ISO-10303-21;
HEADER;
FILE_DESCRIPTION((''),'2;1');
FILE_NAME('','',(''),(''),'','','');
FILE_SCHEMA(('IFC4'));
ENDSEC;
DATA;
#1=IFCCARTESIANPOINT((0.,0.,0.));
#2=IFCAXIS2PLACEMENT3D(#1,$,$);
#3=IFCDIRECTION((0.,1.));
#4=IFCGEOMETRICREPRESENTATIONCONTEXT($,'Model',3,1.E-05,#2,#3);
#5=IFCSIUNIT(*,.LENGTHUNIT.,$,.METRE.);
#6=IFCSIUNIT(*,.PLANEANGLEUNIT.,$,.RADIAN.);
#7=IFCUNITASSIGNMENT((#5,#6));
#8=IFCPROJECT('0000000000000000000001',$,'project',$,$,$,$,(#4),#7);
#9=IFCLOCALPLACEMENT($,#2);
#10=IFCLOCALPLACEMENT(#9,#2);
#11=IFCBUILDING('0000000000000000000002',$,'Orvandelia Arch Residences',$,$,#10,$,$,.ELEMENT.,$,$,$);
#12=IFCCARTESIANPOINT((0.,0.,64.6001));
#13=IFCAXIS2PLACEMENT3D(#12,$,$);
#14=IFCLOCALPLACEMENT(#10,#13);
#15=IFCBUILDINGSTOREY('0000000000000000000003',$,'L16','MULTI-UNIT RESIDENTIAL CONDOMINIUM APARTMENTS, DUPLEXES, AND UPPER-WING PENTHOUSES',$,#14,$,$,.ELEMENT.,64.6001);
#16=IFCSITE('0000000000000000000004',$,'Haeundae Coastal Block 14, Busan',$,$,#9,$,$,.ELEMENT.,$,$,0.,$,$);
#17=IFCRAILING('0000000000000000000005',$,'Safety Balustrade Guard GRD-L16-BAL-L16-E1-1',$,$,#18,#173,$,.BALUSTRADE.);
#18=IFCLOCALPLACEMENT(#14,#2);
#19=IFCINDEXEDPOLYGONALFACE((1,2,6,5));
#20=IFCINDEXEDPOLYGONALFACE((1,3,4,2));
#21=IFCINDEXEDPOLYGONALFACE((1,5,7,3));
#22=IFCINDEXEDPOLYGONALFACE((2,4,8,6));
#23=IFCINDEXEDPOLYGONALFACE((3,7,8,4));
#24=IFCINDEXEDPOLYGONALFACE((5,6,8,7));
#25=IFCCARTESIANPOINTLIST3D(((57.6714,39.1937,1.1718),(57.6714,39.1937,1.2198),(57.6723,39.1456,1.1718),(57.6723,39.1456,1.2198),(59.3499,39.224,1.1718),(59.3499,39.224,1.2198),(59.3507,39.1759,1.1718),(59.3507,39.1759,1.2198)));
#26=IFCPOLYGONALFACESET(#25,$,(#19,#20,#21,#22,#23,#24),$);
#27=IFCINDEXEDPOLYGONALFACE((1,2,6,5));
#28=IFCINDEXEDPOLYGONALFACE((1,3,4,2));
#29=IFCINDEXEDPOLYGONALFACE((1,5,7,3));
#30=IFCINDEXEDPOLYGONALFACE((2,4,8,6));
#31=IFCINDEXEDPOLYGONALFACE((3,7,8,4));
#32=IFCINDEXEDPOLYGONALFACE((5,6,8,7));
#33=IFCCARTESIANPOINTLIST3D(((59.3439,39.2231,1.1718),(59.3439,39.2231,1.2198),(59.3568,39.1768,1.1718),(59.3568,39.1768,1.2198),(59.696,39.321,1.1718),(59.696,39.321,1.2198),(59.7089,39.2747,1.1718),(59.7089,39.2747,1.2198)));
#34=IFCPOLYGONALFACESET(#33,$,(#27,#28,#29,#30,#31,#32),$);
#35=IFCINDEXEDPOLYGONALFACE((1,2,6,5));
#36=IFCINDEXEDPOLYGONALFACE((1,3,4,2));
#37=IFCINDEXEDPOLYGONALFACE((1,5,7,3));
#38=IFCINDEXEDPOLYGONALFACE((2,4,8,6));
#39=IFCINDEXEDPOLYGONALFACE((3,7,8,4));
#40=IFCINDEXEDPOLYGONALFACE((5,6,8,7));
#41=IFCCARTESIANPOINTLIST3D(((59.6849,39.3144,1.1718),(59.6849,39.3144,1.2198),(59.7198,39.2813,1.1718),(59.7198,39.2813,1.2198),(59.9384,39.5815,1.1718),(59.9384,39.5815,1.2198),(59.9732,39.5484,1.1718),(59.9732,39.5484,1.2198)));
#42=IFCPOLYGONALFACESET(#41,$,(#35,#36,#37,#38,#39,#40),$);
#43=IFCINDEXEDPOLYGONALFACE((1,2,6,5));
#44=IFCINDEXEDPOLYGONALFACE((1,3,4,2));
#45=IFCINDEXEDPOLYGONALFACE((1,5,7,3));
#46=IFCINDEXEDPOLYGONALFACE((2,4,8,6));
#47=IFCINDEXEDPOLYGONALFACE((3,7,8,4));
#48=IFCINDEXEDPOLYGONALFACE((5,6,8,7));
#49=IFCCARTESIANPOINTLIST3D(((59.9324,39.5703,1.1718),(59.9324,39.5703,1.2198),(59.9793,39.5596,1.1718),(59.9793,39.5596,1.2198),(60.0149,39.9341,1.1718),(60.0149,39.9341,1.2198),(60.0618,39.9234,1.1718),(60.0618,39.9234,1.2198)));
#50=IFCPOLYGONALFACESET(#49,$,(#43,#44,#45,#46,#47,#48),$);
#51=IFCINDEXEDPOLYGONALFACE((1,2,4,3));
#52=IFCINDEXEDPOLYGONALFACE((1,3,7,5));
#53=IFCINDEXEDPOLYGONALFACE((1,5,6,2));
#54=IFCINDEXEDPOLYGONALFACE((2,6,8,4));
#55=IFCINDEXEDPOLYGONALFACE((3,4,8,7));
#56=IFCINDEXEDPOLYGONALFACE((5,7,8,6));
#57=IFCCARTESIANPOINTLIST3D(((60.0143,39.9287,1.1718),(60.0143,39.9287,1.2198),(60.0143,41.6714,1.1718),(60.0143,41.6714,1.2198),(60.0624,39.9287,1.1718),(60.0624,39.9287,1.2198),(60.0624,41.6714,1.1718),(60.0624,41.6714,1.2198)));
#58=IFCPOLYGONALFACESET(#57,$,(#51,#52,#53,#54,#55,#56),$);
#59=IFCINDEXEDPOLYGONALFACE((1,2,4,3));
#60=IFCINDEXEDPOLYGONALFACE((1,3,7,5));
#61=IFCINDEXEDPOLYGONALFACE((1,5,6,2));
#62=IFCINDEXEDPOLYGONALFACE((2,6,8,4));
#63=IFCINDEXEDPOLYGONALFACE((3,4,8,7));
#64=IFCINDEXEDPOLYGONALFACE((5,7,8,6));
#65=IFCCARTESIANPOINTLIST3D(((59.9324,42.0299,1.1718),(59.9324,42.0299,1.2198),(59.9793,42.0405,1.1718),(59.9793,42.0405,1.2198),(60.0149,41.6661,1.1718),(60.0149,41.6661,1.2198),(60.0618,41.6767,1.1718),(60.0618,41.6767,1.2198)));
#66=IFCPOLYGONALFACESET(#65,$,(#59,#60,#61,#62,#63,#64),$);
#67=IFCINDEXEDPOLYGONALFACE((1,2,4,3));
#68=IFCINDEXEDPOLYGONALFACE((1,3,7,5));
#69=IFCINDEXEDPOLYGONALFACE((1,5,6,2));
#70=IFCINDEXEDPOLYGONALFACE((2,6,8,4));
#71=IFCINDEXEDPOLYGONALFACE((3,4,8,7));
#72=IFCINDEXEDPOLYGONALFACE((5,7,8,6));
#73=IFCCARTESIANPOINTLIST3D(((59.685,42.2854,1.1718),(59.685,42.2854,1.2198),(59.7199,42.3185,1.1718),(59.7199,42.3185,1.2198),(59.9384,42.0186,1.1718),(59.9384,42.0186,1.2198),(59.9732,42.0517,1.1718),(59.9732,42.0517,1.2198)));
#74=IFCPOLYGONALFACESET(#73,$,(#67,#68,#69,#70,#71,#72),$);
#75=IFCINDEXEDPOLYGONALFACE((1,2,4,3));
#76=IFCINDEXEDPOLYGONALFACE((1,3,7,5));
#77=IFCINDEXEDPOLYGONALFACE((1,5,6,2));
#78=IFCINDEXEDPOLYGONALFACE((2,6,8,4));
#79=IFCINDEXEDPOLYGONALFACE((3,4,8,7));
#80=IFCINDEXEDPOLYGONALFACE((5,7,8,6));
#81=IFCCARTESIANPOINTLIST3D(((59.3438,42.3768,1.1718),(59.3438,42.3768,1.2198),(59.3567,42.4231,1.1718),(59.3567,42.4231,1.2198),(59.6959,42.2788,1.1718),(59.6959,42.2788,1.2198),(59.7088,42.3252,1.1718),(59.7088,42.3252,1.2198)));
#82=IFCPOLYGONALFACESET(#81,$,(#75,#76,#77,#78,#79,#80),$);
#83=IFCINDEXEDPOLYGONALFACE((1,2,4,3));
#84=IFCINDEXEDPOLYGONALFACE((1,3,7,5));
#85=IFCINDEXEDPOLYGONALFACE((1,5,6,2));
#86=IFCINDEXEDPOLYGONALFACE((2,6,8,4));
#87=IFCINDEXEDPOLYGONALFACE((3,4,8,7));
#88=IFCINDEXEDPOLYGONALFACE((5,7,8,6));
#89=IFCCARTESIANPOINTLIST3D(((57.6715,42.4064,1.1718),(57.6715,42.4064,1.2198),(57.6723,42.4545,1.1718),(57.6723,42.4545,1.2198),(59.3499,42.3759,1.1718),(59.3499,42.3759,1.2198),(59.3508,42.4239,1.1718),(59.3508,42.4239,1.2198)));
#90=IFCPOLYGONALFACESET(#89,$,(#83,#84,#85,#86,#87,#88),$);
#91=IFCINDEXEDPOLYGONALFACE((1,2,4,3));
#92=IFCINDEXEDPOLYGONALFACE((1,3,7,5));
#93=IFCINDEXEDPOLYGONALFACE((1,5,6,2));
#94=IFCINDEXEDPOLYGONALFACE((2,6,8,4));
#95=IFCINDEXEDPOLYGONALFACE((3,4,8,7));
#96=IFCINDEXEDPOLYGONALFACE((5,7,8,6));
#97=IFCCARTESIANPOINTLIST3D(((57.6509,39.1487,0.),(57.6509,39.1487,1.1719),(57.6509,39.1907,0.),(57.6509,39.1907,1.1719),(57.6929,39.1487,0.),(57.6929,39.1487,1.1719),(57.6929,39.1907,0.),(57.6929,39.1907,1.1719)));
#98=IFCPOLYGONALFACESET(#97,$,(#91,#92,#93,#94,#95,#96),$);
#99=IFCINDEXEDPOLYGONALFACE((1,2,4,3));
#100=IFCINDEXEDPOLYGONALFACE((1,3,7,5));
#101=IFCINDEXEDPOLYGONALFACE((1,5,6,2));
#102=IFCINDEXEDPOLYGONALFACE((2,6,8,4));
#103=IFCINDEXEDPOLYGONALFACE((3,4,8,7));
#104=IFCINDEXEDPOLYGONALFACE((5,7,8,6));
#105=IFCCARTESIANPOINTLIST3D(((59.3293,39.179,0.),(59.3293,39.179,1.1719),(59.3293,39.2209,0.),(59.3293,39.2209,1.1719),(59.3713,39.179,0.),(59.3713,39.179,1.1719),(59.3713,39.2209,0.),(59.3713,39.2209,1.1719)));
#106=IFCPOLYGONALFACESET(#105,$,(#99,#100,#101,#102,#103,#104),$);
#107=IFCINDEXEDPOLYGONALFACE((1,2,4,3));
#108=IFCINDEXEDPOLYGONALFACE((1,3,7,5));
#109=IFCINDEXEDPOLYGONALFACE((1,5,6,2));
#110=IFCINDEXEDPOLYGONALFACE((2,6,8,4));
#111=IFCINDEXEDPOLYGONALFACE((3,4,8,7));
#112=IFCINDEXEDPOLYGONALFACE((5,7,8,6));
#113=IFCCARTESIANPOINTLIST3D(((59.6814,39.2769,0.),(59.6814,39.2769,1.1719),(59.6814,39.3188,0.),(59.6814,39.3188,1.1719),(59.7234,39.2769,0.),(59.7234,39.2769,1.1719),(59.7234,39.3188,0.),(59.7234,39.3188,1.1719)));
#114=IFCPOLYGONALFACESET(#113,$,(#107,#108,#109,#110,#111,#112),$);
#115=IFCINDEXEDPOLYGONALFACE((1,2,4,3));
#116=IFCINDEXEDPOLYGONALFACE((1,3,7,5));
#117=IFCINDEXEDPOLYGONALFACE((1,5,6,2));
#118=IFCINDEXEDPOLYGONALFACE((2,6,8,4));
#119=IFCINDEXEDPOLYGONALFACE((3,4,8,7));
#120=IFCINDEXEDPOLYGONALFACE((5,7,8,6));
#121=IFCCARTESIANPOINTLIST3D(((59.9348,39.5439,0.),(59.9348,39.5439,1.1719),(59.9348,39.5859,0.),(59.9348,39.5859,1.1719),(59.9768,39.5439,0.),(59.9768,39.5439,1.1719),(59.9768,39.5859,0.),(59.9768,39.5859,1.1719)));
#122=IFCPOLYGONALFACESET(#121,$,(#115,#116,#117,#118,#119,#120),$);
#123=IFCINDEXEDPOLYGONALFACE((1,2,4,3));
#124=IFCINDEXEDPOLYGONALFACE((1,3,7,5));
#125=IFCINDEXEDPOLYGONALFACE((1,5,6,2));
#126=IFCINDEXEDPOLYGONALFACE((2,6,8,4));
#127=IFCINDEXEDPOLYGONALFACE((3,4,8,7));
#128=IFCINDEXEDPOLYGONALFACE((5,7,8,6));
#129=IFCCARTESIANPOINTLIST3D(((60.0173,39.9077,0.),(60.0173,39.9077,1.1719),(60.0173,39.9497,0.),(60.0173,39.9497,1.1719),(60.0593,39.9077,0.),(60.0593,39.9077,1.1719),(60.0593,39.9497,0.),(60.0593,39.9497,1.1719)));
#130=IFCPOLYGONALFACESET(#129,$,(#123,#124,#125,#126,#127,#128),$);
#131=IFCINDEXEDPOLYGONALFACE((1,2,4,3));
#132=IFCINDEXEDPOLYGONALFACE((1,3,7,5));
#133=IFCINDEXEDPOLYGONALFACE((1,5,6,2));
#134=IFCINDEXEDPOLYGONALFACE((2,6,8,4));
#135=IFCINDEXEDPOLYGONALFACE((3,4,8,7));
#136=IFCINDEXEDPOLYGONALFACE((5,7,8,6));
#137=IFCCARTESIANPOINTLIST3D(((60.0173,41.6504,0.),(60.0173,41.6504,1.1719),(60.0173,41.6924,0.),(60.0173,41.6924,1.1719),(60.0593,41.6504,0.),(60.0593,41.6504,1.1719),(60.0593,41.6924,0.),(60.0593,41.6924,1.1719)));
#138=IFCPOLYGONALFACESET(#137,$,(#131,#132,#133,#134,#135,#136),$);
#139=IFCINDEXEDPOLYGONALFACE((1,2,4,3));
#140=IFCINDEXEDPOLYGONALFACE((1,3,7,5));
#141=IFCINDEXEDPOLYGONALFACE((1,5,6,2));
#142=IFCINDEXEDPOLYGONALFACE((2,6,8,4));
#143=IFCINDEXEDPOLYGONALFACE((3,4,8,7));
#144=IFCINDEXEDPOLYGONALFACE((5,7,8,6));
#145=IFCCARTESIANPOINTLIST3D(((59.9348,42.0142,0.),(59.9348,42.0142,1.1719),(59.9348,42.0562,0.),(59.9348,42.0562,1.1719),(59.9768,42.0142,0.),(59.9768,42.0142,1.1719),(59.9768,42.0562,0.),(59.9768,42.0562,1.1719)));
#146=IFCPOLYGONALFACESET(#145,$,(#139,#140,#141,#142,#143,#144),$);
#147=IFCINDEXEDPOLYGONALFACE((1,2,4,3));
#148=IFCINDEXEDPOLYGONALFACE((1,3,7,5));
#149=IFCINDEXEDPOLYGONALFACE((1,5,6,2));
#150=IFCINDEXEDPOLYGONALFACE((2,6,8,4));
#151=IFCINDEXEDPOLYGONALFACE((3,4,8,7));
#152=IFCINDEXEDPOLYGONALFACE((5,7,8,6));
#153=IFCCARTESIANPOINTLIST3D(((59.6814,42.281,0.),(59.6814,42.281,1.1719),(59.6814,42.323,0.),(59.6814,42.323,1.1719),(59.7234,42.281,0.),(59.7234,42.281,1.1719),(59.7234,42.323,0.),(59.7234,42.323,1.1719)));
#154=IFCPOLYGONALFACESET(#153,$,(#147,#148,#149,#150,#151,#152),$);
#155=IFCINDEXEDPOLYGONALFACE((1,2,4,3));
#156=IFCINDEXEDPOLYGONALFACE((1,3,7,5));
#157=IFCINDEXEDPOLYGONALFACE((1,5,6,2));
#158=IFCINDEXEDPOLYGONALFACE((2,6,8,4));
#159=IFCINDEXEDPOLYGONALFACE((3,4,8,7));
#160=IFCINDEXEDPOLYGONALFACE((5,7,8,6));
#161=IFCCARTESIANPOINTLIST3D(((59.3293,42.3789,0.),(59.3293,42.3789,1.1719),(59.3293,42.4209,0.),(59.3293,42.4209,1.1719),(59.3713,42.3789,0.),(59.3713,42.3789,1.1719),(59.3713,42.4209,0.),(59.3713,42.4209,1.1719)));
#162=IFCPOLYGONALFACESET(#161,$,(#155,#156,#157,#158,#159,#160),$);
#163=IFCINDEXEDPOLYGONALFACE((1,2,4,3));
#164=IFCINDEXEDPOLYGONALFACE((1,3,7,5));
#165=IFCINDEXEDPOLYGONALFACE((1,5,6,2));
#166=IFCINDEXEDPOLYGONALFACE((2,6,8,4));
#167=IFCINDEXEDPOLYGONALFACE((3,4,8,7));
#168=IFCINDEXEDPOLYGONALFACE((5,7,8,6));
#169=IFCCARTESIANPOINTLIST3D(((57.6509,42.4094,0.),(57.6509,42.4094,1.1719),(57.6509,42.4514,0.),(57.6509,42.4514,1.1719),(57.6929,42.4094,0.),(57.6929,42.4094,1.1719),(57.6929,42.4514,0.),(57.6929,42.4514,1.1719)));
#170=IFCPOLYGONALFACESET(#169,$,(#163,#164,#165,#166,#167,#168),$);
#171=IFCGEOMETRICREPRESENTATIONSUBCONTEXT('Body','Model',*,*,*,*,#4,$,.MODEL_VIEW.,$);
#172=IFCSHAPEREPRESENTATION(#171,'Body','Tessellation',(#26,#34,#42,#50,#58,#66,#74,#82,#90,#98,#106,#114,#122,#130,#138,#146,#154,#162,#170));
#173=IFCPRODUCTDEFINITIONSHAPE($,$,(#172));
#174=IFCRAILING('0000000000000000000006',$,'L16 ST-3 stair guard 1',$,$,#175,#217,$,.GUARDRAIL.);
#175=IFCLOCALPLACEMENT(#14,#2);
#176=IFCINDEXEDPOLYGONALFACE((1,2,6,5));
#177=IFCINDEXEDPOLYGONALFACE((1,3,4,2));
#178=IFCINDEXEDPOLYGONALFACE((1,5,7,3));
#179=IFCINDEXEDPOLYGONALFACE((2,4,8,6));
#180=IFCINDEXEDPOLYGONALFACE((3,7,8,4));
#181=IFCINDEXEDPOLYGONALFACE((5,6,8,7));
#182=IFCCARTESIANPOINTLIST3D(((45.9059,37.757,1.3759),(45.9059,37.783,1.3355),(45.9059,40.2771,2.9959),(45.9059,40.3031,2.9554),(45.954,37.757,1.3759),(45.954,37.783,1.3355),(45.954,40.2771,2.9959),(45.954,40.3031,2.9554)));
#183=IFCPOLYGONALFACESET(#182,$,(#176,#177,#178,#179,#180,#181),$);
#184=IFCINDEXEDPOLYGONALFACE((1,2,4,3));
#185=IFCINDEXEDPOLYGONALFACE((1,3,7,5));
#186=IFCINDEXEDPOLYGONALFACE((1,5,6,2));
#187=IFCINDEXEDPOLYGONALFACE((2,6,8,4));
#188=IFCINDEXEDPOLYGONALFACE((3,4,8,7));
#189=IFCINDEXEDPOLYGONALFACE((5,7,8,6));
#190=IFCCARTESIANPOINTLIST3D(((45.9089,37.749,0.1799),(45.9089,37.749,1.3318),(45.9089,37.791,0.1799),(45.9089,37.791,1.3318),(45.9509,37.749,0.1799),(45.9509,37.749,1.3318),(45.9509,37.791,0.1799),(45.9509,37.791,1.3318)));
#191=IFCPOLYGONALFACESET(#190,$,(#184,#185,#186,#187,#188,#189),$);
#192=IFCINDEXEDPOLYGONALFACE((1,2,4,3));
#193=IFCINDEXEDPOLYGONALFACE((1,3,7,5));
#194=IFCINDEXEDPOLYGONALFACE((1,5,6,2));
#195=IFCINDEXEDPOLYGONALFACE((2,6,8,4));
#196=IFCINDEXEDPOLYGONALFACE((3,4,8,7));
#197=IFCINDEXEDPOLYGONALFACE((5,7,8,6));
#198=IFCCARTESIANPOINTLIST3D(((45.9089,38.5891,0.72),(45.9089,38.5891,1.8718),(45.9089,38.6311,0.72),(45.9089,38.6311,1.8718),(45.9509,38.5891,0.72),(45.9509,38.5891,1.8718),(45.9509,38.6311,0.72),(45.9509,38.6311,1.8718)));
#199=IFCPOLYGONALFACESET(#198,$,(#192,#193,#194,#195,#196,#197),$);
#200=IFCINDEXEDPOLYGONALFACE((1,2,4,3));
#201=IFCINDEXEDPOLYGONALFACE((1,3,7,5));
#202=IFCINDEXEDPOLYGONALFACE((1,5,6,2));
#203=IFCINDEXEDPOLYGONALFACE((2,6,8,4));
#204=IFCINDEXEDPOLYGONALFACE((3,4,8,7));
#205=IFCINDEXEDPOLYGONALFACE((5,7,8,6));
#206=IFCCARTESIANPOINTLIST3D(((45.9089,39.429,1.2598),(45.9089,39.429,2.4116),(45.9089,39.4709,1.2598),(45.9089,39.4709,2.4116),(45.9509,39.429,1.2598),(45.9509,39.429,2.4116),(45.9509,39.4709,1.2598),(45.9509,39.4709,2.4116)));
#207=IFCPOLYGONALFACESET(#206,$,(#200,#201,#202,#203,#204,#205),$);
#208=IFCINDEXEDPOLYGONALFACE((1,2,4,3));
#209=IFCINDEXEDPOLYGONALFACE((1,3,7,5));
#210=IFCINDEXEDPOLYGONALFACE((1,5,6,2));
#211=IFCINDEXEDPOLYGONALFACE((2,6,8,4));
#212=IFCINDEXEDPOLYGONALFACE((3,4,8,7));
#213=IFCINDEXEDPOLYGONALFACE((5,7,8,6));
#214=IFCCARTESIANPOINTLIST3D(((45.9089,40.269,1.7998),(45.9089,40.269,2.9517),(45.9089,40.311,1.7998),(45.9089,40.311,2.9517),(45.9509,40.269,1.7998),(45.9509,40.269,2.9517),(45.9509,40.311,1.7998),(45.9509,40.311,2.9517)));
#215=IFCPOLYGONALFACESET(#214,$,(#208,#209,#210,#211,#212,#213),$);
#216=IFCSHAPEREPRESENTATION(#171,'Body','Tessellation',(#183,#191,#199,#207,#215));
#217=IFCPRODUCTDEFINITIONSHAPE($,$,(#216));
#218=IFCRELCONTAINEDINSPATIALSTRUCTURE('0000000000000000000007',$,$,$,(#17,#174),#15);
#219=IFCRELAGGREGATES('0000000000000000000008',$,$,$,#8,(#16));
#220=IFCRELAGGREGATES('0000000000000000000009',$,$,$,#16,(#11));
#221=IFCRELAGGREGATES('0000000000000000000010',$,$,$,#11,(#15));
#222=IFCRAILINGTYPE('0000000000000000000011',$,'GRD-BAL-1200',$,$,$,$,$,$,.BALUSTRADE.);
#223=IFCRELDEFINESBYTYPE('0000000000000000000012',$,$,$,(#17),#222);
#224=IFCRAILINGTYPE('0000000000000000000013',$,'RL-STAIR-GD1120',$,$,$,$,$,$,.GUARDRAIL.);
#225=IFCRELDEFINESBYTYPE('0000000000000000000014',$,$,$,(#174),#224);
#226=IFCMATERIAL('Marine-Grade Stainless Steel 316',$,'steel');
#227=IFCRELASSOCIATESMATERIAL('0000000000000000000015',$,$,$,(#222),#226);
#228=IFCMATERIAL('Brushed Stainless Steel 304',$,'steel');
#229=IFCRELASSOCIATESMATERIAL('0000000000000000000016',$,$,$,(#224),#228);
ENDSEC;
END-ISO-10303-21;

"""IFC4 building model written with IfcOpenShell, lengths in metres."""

from ifc_helpers import new_model, si_unit, direction, frame, origin, origin_2d, place, context, subcontext, project, spatial, rectangle, extrude, material, type_object, element, save


model = new_model("IFC4")

# Units and contexts
model_context = context("Model", 3, precision=1e-05, world=origin(), true_north=direction((0.0, 1.0)))
body_context = subcontext(model_context, "Body", "Model", "MODEL_VIEW")
ifc_project = project(units=[si_unit("LENGTHUNIT", "METRE"), si_unit("PLANEANGLEUNIT", "RADIAN")], contexts=[model_context])

# Site, building, storey
site_placement = place(None, origin())
site = spatial("IfcSite", under=ifc_project, at=site_placement, Name="Haeundae Coastal Block 14, Busan", CompositionType="ELEMENT", RefElevation=0.0)
building_placement = place(site_placement, origin())
building = spatial("IfcBuilding", under=site, at=building_placement, Name="Orvandelia Arch Residences", CompositionType="ELEMENT")
storey_placement = place(building_placement, frame((0.0, 0.0, 64.6001)))
storey = spatial("IfcBuildingStorey", under=building, at=storey_placement, Name="L16", Description="MULTI-UNIT RESIDENTIAL CONDOMINIUM APARTMENTS, DUPLEXES, AND UPPER-WING PENTHOUSES", CompositionType="ELEMENT", Elevation=64.6001)

# Railings
ifc_material_1 = material(Name="Marine-Grade Stainless Steel 316", Category="steel")
railing_type_1 = type_object("IfcRailingType", Name="GRD-BAL-1200", PredefinedType="BALUSTRADE", material=ifc_material_1)
railing_1_placement = place(storey_placement, frame((57.6719, 39.1697, 0.0)))
element("IfcRailing", 1, at=railing_1_placement, inside=storey, type_object=railing_type_1, Name="Safety Balustrade Guard GRD-L16-BAL-L16-E1-1", PredefinedType="BALUSTRADE", context=body_context, shape_type="SweptSolid", body=[
    extrude(rectangle(XDim=0.0481, YDim=0.0481, at=origin_2d()), frame((0.0, 0.0, 1.1958), z_axis=(0.999837, 0.018033, 0.0), x_axis=(-0.018033, 0.999837, 0.0)), (0.0, 0.0, 1.0), 1.6787),
    extrude(rectangle(XDim=0.0481, YDim=0.0481, at=origin_2d()), frame((1.6785, 0.0303, 1.1958), z_axis=(0.963441, 0.26792, 0.0), x_axis=(-0.26792, 0.963441, 0.0)), (0.0, 0.0, 1.0), 0.3655),
    extrude(rectangle(XDim=0.0481, YDim=0.0481, at=origin_2d()), frame((2.0305, 0.1282, 1.1958), z_axis=(0.688296, 0.72543, 0.0), x_axis=(-0.72543, 0.688296, 0.0)), (0.0, 0.0, 1.0), 0.3682),
    extrude(rectangle(XDim=0.0481, YDim=0.0481, at=origin_2d()), frame((2.2839, 0.3953, 1.1958), z_axis=(0.221225, 0.975223, 0.0), x_axis=(-0.975223, 0.221225, 0.0)), (0.0, 0.0, 1.0), 0.373),
    extrude(rectangle(XDim=0.0481, YDim=0.0481, at=origin_2d()), frame((2.3665, 0.759, 1.1958), z_axis=(0.0, 1.0, 0.0), x_axis=(-1.0, 0.0, 0.0)), (0.0, 0.0, 1.0), 1.7427),
    extrude(rectangle(XDim=0.0481, YDim=0.0481, at=origin_2d()), frame((2.3665, 2.5017, 1.1958), z_axis=(-0.221225, 0.975223, 0.0), x_axis=(-0.975223, -0.221225, 0.0)), (0.0, 0.0, 1.0), 0.373),
    extrude(rectangle(XDim=0.0481, YDim=0.0481, at=origin_2d()), frame((2.2839, 2.8655, 1.1958), z_axis=(-0.688627, 0.725115, 0.0), x_axis=(-0.725115, -0.688627, 0.0)), (0.0, 0.0, 1.0), 0.3679),
    extrude(rectangle(XDim=0.0481, YDim=0.0481, at=origin_2d()), frame((2.0305, 3.1323, 1.1958), z_axis=(-0.963441, 0.26792, 0.0), x_axis=(-0.26792, -0.963441, 0.0)), (0.0, 0.0, 1.0), 0.3655),
    extrude(rectangle(XDim=0.0481, YDim=0.0481, at=origin_2d()), frame((1.6785, 3.2302, 1.1958), z_axis=(-0.999835, 0.018179, 0.0), x_axis=(-0.018179, -0.999835, 0.0)), (0.0, 0.0, 1.0), 1.6787),
    extrude(rectangle(XDim=0.042, YDim=0.042, at=origin_2d()), origin(), (0.0, 0.0, 1.0), 1.1719),
    extrude(rectangle(XDim=0.042, YDim=0.042, at=origin_2d()), frame((1.6785, 0.0303, 0.0)), (0.0, 0.0, 1.0), 1.1719),
    extrude(rectangle(XDim=0.042, YDim=0.042, at=origin_2d()), frame((2.0305, 0.1282, 0.0)), (0.0, 0.0, 1.0), 1.1719),
    extrude(rectangle(XDim=0.042, YDim=0.042, at=origin_2d()), frame((2.2839, 0.3953, 0.0)), (0.0, 0.0, 1.0), 1.1719),
    extrude(rectangle(XDim=0.042, YDim=0.042, at=origin_2d()), frame((2.3665, 0.759, 0.0)), (0.0, 0.0, 1.0), 1.1719),
    extrude(rectangle(XDim=0.042, YDim=0.042, at=origin_2d()), frame((2.3665, 2.5017, 0.0)), (0.0, 0.0, 1.0), 1.1719),
    extrude(rectangle(XDim=0.042, YDim=0.042, at=origin_2d()), frame((2.2839, 2.8655, 0.0)), (0.0, 0.0, 1.0), 1.1719),
    extrude(rectangle(XDim=0.042, YDim=0.042, at=origin_2d()), frame((2.0305, 3.1323, 0.0)), (0.0, 0.0, 1.0), 1.1719),
    extrude(rectangle(XDim=0.042, YDim=0.042, at=origin_2d()), frame((1.6785, 3.2302, 0.0)), (0.0, 0.0, 1.0), 1.1719),
    extrude(rectangle(XDim=0.042, YDim=0.042, at=origin_2d()), frame((0.0, 3.2607, 0.0)), (0.0, 0.0, 1.0), 1.1719),
])
ifc_material_2 = material(Name="Brushed Stainless Steel 304", Category="steel")
railing_type_2 = type_object("IfcRailingType", Name="RL-STAIR-GD1120", PredefinedType="GUARDRAIL", material=ifc_material_2)
railing_2_placement = place(storey_placement, frame((45.9299, 37.77, 0.1799)))
element("IfcRailing", 2, at=railing_2_placement, inside=storey, type_object=railing_type_2, Name="L16 ST-3 stair guard 1", PredefinedType="GUARDRAIL", context=body_context, shape_type="SweptSolid", body=[
    extrude(rectangle(XDim=0.0481, YDim=0.0481, at=origin_2d()), frame((0.0, 0.0, 1.1758), z_axis=(0.0, 0.8412, 0.540725), x_axis=(-1.0, 0.0, 0.0)), (0.0, 0.0, 1.0), 2.9958),
    extrude(rectangle(XDim=0.042, YDim=0.042, at=origin_2d()), origin(), (0.0, 0.0, 1.0), 1.1519),
    extrude(rectangle(XDim=0.042, YDim=0.042, at=origin_2d()), frame((0.0, 0.8401, 0.54)), (0.0, 0.0, 1.0), 1.1519),
    extrude(rectangle(XDim=0.042, YDim=0.042, at=origin_2d()), frame((0.0, 1.6799, 1.0798)), (0.0, 0.0, 1.0), 1.1519),
    extrude(rectangle(XDim=0.042, YDim=0.042, at=origin_2d()), frame((0.0, 2.52, 1.6199)), (0.0, 0.0, 1.0), 1.1519),
])

save(model, "model.ifc")
